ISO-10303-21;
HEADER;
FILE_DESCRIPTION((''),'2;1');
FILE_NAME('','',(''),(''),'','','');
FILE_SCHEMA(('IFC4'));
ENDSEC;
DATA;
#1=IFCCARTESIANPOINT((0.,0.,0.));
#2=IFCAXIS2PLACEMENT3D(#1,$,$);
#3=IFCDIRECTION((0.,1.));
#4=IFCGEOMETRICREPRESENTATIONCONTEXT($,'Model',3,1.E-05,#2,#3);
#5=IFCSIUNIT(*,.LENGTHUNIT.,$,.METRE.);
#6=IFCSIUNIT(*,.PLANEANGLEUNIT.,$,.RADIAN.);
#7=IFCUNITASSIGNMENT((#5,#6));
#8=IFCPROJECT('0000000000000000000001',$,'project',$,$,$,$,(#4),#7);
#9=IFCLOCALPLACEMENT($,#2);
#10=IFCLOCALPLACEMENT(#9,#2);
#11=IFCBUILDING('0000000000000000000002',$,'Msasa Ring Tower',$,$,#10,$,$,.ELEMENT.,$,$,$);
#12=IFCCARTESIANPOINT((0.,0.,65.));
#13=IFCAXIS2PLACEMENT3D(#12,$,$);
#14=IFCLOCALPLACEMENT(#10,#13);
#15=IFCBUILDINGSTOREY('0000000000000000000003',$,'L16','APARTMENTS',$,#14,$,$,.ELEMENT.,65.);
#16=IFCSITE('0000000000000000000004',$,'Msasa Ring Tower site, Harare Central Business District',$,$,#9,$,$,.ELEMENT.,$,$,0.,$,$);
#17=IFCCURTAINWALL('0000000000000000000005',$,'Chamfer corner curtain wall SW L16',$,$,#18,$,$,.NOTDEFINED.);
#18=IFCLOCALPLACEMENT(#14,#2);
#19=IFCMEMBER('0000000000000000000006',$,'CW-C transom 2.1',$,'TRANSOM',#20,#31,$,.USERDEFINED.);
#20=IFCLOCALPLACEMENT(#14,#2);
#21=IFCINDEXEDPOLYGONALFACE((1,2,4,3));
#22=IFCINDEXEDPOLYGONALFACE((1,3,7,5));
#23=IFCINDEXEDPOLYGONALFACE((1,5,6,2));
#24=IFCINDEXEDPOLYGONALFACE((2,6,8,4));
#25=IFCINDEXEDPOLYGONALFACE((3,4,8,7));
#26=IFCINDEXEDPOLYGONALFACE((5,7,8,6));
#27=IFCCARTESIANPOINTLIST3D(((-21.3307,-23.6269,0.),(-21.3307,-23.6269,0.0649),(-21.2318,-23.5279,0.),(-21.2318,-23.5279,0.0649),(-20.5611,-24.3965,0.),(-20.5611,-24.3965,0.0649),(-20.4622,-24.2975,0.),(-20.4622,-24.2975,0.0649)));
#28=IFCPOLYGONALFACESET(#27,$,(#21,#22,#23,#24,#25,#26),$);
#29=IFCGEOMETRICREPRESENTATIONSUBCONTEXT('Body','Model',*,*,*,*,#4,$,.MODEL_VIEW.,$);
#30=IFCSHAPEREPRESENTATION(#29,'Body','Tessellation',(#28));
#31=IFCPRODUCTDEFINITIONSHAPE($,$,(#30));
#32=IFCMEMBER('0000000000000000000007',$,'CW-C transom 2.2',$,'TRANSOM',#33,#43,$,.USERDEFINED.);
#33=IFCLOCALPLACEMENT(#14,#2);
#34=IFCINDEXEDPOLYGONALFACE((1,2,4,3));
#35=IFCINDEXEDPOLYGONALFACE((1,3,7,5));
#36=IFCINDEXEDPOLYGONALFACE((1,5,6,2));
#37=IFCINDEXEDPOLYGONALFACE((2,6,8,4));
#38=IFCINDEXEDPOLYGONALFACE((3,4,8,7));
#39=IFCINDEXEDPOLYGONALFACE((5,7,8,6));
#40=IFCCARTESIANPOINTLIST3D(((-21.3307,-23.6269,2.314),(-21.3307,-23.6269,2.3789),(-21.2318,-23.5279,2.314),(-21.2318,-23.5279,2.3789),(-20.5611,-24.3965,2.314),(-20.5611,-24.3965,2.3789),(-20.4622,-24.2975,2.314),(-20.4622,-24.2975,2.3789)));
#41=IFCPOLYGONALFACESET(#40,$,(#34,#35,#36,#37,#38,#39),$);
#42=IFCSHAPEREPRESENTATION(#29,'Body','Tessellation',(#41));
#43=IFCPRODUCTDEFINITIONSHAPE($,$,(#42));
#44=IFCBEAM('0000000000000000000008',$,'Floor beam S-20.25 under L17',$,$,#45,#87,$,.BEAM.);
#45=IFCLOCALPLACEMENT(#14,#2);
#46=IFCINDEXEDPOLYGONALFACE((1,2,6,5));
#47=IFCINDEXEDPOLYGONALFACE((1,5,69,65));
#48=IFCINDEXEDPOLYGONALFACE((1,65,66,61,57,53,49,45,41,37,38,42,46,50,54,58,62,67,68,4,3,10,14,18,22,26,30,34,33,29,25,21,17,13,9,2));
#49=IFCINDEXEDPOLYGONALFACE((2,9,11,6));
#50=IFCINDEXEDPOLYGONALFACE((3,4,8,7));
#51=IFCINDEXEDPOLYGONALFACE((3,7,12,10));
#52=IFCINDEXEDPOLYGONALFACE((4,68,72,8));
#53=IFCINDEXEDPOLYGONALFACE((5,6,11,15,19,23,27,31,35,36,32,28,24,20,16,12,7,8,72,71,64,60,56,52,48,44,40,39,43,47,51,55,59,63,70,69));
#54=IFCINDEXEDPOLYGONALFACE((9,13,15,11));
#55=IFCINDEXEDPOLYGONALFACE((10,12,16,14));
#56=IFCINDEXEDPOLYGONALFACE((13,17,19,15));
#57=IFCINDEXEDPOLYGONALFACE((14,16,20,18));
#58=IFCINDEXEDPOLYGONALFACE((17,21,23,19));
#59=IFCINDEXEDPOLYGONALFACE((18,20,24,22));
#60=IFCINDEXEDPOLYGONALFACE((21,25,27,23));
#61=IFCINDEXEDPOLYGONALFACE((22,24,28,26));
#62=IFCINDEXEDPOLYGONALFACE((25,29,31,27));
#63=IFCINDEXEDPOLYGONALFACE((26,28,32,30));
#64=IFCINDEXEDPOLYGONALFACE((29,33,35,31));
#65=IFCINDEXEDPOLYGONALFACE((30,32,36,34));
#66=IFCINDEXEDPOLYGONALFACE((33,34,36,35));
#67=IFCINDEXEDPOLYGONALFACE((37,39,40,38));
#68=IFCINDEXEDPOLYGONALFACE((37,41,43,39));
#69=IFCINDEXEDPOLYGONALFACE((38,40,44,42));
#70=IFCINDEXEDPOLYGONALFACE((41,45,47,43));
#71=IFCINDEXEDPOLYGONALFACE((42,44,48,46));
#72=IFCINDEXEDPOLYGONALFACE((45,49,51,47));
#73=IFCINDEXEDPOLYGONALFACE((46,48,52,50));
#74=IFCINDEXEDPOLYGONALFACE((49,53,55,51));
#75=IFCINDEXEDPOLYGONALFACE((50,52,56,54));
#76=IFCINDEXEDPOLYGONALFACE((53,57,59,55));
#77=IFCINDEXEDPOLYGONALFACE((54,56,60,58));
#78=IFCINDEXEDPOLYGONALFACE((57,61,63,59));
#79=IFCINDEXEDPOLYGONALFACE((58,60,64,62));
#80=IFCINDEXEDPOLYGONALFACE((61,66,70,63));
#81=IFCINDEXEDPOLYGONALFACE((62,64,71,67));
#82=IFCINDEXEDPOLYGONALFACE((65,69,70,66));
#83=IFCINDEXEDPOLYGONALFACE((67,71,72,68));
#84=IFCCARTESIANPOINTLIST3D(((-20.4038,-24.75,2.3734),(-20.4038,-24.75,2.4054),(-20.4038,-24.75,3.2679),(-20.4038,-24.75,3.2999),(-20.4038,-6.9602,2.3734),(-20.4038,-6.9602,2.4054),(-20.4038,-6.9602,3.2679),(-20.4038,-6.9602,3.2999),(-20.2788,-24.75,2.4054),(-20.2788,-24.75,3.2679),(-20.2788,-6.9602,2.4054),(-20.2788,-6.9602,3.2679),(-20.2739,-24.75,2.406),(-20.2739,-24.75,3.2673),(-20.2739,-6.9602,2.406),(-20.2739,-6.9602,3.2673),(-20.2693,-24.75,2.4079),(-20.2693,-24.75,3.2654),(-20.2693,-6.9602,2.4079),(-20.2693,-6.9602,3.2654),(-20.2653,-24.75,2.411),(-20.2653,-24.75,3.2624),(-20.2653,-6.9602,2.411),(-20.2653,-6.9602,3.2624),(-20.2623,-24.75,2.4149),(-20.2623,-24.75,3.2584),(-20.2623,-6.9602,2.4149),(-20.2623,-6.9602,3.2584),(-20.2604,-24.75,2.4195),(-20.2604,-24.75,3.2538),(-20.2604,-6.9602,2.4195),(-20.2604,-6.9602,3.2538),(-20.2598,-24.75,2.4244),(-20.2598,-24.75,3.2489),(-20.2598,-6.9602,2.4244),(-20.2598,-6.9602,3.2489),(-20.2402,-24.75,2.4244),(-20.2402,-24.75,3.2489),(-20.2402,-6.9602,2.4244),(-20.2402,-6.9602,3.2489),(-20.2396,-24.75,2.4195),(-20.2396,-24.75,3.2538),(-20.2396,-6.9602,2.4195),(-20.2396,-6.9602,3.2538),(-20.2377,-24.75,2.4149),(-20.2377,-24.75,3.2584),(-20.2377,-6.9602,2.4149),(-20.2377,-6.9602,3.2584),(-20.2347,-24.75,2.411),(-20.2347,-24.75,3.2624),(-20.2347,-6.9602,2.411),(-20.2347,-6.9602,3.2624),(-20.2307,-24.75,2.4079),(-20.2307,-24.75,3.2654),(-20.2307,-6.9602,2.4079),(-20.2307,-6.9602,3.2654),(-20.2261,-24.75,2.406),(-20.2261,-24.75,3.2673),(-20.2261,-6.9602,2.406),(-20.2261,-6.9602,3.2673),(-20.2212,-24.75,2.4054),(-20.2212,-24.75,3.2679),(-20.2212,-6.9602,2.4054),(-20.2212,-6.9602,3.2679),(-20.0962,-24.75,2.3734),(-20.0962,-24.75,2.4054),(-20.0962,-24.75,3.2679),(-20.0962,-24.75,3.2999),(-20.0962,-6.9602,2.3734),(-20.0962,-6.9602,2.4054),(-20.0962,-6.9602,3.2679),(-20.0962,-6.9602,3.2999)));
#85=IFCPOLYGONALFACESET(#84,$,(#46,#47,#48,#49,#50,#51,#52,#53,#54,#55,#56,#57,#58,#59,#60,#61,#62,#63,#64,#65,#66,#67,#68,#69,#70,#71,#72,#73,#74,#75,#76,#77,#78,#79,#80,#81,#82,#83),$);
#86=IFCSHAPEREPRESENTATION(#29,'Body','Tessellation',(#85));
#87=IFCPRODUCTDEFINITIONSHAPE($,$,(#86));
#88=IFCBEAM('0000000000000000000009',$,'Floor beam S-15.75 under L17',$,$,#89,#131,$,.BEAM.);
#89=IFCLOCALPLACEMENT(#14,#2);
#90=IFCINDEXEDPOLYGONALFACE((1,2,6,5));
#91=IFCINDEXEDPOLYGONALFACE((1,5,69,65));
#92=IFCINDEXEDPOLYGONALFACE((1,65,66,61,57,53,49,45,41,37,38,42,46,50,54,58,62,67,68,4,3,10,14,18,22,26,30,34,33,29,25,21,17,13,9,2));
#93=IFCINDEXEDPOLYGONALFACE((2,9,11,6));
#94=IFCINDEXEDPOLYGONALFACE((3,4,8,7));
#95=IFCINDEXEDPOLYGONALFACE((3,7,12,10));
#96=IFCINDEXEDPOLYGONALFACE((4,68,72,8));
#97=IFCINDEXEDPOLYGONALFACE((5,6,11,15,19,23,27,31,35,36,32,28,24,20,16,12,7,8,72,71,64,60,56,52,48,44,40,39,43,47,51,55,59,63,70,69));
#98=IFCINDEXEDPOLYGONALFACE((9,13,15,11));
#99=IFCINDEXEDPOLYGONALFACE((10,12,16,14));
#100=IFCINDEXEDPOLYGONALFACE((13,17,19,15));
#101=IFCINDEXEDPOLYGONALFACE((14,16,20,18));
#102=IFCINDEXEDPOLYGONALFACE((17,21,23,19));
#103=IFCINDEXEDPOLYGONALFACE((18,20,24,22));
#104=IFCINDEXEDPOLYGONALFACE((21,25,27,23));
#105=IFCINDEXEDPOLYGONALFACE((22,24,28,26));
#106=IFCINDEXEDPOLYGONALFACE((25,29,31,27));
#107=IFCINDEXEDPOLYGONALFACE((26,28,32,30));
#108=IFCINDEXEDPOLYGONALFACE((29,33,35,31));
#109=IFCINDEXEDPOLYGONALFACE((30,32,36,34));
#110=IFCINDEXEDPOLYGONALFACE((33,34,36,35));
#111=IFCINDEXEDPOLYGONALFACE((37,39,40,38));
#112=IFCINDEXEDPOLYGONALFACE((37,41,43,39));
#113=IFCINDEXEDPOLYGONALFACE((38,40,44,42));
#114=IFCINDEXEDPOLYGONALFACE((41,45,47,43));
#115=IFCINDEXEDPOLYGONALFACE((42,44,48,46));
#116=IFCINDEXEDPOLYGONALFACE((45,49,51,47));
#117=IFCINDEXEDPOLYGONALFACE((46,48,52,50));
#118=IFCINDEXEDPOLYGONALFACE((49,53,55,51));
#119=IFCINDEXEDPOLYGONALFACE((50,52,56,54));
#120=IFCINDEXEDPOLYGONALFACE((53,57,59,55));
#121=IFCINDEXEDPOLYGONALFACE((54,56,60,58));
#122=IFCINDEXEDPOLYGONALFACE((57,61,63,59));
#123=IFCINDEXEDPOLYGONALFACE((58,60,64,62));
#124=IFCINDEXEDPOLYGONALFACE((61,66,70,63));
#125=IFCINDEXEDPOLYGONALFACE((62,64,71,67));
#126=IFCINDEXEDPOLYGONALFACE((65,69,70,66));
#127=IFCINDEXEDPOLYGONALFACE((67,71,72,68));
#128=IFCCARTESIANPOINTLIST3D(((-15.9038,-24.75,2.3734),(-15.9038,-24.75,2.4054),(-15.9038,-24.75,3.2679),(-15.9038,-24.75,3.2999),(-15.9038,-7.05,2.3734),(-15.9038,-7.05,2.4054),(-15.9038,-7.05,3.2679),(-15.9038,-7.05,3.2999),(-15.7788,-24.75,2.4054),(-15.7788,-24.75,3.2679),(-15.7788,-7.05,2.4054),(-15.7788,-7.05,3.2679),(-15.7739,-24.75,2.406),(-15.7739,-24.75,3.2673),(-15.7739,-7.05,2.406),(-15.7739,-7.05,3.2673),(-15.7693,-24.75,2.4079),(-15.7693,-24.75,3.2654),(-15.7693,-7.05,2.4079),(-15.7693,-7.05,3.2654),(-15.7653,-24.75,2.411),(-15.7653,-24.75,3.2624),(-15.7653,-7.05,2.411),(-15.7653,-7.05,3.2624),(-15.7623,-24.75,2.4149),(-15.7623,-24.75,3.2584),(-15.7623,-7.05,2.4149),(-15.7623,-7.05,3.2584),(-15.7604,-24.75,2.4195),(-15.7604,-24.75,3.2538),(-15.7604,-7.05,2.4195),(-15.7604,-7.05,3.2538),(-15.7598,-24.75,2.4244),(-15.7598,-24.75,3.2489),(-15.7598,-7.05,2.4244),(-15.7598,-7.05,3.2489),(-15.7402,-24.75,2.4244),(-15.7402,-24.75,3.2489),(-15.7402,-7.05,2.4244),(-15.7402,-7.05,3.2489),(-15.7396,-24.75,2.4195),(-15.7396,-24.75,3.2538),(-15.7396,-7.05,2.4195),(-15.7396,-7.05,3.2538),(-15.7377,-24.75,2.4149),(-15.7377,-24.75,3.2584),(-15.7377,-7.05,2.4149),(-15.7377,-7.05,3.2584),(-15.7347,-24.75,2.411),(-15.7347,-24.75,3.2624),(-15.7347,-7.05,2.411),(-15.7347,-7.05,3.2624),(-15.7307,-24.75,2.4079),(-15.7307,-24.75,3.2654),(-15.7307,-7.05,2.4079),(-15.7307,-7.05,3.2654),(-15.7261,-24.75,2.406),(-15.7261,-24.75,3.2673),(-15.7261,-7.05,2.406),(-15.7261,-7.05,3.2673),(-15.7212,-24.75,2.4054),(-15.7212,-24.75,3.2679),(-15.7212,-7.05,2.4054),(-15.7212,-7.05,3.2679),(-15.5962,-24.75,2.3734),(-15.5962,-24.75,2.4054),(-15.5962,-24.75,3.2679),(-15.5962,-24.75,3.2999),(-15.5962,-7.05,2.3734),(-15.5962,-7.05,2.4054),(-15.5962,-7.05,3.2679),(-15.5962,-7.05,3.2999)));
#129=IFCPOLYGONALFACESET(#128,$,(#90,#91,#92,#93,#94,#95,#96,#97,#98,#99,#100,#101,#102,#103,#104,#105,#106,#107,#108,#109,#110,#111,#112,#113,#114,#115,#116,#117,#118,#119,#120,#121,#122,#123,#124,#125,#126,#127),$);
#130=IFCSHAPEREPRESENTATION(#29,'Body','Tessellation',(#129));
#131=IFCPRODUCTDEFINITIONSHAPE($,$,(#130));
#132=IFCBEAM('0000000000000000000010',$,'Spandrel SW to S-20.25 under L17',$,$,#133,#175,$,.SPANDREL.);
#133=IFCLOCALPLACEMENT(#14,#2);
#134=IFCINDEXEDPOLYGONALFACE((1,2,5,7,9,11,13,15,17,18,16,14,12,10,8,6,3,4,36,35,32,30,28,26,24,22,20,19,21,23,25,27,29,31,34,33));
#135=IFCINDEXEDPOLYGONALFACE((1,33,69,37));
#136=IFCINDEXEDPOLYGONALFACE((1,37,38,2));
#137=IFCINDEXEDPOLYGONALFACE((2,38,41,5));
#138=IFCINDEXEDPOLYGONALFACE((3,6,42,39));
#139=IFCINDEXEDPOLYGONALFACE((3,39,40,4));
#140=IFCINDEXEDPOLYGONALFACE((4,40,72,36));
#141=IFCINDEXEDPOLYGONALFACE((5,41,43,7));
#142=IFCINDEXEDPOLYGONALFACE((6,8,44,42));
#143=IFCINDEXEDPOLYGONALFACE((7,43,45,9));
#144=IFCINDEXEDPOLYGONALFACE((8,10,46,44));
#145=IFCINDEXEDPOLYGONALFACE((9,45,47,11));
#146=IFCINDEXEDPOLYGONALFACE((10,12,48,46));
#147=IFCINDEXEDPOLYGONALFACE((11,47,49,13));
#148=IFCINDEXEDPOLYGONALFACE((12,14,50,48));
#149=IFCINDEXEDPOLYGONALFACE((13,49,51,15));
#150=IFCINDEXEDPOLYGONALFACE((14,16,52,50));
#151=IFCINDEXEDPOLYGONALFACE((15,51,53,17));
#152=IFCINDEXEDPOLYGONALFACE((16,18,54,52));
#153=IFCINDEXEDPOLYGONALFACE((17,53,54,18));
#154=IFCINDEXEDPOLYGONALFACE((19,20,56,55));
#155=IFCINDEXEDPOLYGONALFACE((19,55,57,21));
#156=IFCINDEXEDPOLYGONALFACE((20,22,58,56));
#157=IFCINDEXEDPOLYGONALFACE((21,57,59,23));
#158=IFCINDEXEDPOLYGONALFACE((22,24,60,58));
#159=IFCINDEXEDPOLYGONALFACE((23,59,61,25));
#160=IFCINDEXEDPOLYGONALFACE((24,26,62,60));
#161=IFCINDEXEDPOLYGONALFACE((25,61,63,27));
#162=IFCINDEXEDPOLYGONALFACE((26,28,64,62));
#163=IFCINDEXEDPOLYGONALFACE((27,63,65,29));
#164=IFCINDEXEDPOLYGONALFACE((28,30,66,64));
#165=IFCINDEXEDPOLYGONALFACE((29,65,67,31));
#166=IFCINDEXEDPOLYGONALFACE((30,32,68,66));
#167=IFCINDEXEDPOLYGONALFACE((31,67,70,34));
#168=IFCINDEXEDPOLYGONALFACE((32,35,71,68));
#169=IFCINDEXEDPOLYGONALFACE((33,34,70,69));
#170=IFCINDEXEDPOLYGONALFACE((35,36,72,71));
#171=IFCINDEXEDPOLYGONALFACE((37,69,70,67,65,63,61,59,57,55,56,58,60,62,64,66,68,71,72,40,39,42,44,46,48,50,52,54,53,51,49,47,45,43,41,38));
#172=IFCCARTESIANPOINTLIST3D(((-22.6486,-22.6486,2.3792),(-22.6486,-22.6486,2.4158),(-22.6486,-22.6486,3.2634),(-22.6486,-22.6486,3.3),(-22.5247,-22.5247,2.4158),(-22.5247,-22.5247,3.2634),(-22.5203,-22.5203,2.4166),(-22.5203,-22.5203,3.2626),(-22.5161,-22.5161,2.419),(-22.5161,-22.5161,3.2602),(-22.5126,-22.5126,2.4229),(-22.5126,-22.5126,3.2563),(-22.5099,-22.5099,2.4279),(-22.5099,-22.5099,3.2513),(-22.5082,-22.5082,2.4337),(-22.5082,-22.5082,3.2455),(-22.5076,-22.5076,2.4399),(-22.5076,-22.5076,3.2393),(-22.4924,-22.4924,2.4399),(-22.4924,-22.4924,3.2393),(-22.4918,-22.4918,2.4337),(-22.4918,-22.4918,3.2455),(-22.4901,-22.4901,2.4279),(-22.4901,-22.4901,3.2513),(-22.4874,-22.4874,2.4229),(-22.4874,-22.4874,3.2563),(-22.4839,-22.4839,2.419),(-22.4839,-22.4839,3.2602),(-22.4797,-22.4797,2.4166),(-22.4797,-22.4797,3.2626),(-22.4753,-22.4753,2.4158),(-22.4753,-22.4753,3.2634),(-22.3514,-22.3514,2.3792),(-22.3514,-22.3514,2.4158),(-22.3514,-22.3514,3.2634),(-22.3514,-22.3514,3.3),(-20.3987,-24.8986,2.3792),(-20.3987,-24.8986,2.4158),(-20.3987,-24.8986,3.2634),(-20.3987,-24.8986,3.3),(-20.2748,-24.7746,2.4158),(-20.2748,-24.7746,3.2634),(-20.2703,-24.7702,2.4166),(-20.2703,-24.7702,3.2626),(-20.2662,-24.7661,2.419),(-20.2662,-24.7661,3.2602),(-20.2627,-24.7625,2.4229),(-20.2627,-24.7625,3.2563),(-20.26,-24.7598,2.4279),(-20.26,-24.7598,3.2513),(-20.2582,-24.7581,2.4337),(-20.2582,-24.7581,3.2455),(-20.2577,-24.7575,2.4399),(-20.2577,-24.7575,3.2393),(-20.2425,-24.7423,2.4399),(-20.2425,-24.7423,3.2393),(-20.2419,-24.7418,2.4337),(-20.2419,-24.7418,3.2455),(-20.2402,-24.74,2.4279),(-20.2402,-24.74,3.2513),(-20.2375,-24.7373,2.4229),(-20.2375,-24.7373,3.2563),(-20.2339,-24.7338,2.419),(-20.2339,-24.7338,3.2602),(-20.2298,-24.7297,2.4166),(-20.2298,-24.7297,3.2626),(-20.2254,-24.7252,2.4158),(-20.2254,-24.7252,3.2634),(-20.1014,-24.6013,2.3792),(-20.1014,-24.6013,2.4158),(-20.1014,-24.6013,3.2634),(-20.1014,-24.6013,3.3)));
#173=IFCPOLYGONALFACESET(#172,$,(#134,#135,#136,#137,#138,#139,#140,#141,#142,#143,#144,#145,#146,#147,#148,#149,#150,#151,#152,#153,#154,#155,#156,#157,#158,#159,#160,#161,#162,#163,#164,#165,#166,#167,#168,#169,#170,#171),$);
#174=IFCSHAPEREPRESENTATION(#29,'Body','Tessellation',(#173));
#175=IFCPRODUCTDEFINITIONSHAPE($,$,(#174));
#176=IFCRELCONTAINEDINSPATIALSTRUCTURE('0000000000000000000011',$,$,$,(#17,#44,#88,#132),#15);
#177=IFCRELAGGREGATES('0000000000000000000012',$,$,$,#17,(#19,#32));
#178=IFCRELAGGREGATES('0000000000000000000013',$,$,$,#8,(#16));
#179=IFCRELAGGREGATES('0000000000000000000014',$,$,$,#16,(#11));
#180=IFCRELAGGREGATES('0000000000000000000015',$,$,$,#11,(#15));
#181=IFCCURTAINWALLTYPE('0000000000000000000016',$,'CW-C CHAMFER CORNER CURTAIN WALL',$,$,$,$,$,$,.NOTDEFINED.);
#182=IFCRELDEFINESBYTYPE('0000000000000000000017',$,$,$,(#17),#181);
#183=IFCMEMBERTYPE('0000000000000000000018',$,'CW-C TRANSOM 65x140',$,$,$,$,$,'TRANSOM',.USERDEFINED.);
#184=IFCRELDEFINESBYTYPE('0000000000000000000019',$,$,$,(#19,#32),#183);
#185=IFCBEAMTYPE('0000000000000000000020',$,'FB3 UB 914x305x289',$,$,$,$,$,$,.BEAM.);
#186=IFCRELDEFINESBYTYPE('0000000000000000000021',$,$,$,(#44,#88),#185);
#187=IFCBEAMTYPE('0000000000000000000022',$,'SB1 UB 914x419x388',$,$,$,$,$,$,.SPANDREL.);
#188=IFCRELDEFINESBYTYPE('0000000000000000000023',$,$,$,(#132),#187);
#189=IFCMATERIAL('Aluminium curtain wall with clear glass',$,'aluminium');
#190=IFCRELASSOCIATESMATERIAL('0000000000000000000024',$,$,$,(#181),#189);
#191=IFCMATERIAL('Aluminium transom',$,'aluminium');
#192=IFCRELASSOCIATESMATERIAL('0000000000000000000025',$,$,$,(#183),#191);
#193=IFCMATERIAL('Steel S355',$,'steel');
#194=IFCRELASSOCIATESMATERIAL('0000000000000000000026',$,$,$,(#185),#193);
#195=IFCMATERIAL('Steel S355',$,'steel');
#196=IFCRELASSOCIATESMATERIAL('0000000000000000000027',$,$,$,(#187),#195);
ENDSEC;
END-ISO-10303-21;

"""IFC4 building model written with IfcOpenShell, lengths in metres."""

from ifc_helpers import new_model, si_unit, direction, frame, origin, origin_2d, place, context, subcontext, project, spatial, rectangle, i_section, extrude, material, material_profile, profile_set, type_object, element, aggregate, save


model = new_model("IFC4")

# Units and contexts
model_context = context("Model", 3, precision=1e-05, world=origin(), true_north=direction((0.0, 1.0)))
body_context = subcontext(model_context, "Body", "Model", "MODEL_VIEW")
ifc_project = project(units=[si_unit("LENGTHUNIT", "METRE"), si_unit("PLANEANGLEUNIT", "RADIAN")], contexts=[model_context])

# Site, building, storey
site_placement = place(None, origin())
site = spatial("IfcSite", under=ifc_project, at=site_placement, Name="Msasa Ring Tower site, Harare Central Business District", CompositionType="ELEMENT", RefElevation=0.0)
building_placement = place(site_placement, origin())
building = spatial("IfcBuilding", under=site, at=building_placement, Name="Msasa Ring Tower", CompositionType="ELEMENT")
storey_placement = place(building_placement, frame((0.0, 0.0, 65.0)))
storey = spatial("IfcBuildingStorey", under=building, at=storey_placement, Name="L16", Description="APARTMENTS", CompositionType="ELEMENT", Elevation=65.0)

# Curtain wall
ifc_material_1 = material(Name="Aluminium curtain wall with clear glass", Category="aluminium")
curtain_wall_type = type_object("IfcCurtainWallType", Name="CW-C CHAMFER CORNER CURTAIN WALL", PredefinedType="NOTDEFINED", material=ifc_material_1)
curtain_wall_1_placement = place(storey_placement, origin())
curtain_wall_1 = element("IfcCurtainWall", 1, at=curtain_wall_1_placement, inside=storey, type_object=curtain_wall_type, Name="Chamfer corner curtain wall SW L16", PredefinedType="NOTDEFINED")

# Members
ifc_material_2 = material(Name="Aluminium transom", Category="aluminium")
ifc_material_profile_1 = material_profile(ifc_material_2, rectangle(XDim=0.1399, YDim=0.0649, at=origin_2d()), Name="AL 65x140")
ifc_profile_set_1 = profile_set([ifc_material_profile_1], Name="Aluminium transom")
member_type_1 = type_object("IfcMemberType", Name="CW-C TRANSOM 65x140", ElementType="TRANSOM", PredefinedType="USERDEFINED", material=ifc_profile_set_1)
member_1_placement = place(storey_placement, frame((-21.2812, -23.5774, 0.0325), z_axis=(0.707107, -0.707107, 0.0), x_axis=(0.707107, 0.707107, 0.0)))
member_1 = element("IfcMember", 2, at=member_1_placement, type_object=member_type_1, Name="CW-C transom 2.1", ObjectType="TRANSOM", PredefinedType="USERDEFINED", context=body_context, shape_type="SweptSolid", body=[
    extrude(rectangle(XDim=0.1399, YDim=0.0649, at=origin_2d()), origin(), (0.0, 0.0, 1.0), 1.0884),
])
member_2_placement = place(storey_placement, frame((-21.2812, -23.5774, 2.3464), z_axis=(0.707107, -0.707107, 0.0), x_axis=(0.707107, 0.707107, 0.0)))
member_2 = element("IfcMember", 3, at=member_2_placement, type_object=member_type_1, Name="CW-C transom 2.2", ObjectType="TRANSOM", PredefinedType="USERDEFINED", context=body_context, shape_type="SweptSolid", body=[
    extrude(rectangle(XDim=0.1399, YDim=0.0649, at=origin_2d()), origin(), (0.0, 0.0, 1.0), 1.0884),
])

# Beams
ifc_material_3 = material(Name="Steel S355", Category="steel")
ifc_material_profile_2 = material_profile(ifc_material_3, i_section(OverallWidth=0.3076, OverallDepth=0.9265, WebThickness=0.0195, FlangeThickness=0.032, FilletRadius=0.019, at=origin_2d()), Name="UB 914x305x289")
ifc_profile_set_2 = profile_set([ifc_material_profile_2], Name="Steel S355")
beam_type_1 = type_object("IfcBeamType", Name="FB3 UB 914x305x289", PredefinedType="BEAM", material=ifc_profile_set_2)
beam_1_placement = place(storey_placement, frame((-20.25, -24.75, 2.8367), z_axis=(0.0, 1.0, 0.0), x_axis=(-1.0, 0.0, 0.0)))
element("IfcBeam", 4, at=beam_1_placement, inside=storey, type_object=beam_type_1, Name="Floor beam S-20.25 under L17", PredefinedType="BEAM", context=body_context, shape_type="SweptSolid", body=[
    extrude(i_section(OverallWidth=0.3076, OverallDepth=0.9265, WebThickness=0.0195, FlangeThickness=0.032, FilletRadius=0.019, at=origin_2d()), origin(), (0.0, 0.0, 1.0), 17.7898),
])
beam_2_placement = place(storey_placement, frame((-15.75, -24.75, 2.8367), z_axis=(0.0, 1.0, 0.0), x_axis=(-1.0, 0.0, 0.0)))
element("IfcBeam", 5, at=beam_2_placement, inside=storey, type_object=beam_type_1, Name="Floor beam S-15.75 under L17", PredefinedType="BEAM", context=body_context, shape_type="SweptSolid", body=[
    extrude(i_section(OverallWidth=0.3076, OverallDepth=0.9265, WebThickness=0.0195, FlangeThickness=0.032, FilletRadius=0.019, at=origin_2d()), origin(), (0.0, 0.0, 1.0), 17.7),
])
ifc_material_4 = material(Name="Steel S355", Category="steel")
ifc_material_profile_3 = material_profile(ifc_material_4, i_section(OverallWidth=0.4204, OverallDepth=0.9209, WebThickness=0.0215, FlangeThickness=0.0366, FilletRadius=0.0242, at=origin_2d()), Name="UB 914x419x388")
ifc_profile_set_3 = profile_set([ifc_material_profile_3], Name="Steel S355")
beam_type_2 = type_object("IfcBeamType", Name="SB1 UB 914x419x388", PredefinedType="SPANDREL", material=ifc_profile_set_3)
beam_3_placement = place(storey_placement, frame((-22.5, -22.5, 2.8396), z_axis=(0.707107, -0.707107, 0.0), x_axis=(0.707107, 0.707107, 0.0)))
element("IfcBeam", 6, at=beam_3_placement, inside=storey, type_object=beam_type_2, Name="Spandrel SW to S-20.25 under L17", PredefinedType="SPANDREL", context=body_context, shape_type="SweptSolid", body=[
    extrude(i_section(OverallWidth=0.4204, OverallDepth=0.9209, WebThickness=0.0215, FlangeThickness=0.0366, FilletRadius=0.0242, at=origin_2d()), origin(), (0.0, 0.0, 1.0), 3.1819),
])

aggregate(curtain_wall_1, [member_1, member_2])

save(model, "model.ifc")
